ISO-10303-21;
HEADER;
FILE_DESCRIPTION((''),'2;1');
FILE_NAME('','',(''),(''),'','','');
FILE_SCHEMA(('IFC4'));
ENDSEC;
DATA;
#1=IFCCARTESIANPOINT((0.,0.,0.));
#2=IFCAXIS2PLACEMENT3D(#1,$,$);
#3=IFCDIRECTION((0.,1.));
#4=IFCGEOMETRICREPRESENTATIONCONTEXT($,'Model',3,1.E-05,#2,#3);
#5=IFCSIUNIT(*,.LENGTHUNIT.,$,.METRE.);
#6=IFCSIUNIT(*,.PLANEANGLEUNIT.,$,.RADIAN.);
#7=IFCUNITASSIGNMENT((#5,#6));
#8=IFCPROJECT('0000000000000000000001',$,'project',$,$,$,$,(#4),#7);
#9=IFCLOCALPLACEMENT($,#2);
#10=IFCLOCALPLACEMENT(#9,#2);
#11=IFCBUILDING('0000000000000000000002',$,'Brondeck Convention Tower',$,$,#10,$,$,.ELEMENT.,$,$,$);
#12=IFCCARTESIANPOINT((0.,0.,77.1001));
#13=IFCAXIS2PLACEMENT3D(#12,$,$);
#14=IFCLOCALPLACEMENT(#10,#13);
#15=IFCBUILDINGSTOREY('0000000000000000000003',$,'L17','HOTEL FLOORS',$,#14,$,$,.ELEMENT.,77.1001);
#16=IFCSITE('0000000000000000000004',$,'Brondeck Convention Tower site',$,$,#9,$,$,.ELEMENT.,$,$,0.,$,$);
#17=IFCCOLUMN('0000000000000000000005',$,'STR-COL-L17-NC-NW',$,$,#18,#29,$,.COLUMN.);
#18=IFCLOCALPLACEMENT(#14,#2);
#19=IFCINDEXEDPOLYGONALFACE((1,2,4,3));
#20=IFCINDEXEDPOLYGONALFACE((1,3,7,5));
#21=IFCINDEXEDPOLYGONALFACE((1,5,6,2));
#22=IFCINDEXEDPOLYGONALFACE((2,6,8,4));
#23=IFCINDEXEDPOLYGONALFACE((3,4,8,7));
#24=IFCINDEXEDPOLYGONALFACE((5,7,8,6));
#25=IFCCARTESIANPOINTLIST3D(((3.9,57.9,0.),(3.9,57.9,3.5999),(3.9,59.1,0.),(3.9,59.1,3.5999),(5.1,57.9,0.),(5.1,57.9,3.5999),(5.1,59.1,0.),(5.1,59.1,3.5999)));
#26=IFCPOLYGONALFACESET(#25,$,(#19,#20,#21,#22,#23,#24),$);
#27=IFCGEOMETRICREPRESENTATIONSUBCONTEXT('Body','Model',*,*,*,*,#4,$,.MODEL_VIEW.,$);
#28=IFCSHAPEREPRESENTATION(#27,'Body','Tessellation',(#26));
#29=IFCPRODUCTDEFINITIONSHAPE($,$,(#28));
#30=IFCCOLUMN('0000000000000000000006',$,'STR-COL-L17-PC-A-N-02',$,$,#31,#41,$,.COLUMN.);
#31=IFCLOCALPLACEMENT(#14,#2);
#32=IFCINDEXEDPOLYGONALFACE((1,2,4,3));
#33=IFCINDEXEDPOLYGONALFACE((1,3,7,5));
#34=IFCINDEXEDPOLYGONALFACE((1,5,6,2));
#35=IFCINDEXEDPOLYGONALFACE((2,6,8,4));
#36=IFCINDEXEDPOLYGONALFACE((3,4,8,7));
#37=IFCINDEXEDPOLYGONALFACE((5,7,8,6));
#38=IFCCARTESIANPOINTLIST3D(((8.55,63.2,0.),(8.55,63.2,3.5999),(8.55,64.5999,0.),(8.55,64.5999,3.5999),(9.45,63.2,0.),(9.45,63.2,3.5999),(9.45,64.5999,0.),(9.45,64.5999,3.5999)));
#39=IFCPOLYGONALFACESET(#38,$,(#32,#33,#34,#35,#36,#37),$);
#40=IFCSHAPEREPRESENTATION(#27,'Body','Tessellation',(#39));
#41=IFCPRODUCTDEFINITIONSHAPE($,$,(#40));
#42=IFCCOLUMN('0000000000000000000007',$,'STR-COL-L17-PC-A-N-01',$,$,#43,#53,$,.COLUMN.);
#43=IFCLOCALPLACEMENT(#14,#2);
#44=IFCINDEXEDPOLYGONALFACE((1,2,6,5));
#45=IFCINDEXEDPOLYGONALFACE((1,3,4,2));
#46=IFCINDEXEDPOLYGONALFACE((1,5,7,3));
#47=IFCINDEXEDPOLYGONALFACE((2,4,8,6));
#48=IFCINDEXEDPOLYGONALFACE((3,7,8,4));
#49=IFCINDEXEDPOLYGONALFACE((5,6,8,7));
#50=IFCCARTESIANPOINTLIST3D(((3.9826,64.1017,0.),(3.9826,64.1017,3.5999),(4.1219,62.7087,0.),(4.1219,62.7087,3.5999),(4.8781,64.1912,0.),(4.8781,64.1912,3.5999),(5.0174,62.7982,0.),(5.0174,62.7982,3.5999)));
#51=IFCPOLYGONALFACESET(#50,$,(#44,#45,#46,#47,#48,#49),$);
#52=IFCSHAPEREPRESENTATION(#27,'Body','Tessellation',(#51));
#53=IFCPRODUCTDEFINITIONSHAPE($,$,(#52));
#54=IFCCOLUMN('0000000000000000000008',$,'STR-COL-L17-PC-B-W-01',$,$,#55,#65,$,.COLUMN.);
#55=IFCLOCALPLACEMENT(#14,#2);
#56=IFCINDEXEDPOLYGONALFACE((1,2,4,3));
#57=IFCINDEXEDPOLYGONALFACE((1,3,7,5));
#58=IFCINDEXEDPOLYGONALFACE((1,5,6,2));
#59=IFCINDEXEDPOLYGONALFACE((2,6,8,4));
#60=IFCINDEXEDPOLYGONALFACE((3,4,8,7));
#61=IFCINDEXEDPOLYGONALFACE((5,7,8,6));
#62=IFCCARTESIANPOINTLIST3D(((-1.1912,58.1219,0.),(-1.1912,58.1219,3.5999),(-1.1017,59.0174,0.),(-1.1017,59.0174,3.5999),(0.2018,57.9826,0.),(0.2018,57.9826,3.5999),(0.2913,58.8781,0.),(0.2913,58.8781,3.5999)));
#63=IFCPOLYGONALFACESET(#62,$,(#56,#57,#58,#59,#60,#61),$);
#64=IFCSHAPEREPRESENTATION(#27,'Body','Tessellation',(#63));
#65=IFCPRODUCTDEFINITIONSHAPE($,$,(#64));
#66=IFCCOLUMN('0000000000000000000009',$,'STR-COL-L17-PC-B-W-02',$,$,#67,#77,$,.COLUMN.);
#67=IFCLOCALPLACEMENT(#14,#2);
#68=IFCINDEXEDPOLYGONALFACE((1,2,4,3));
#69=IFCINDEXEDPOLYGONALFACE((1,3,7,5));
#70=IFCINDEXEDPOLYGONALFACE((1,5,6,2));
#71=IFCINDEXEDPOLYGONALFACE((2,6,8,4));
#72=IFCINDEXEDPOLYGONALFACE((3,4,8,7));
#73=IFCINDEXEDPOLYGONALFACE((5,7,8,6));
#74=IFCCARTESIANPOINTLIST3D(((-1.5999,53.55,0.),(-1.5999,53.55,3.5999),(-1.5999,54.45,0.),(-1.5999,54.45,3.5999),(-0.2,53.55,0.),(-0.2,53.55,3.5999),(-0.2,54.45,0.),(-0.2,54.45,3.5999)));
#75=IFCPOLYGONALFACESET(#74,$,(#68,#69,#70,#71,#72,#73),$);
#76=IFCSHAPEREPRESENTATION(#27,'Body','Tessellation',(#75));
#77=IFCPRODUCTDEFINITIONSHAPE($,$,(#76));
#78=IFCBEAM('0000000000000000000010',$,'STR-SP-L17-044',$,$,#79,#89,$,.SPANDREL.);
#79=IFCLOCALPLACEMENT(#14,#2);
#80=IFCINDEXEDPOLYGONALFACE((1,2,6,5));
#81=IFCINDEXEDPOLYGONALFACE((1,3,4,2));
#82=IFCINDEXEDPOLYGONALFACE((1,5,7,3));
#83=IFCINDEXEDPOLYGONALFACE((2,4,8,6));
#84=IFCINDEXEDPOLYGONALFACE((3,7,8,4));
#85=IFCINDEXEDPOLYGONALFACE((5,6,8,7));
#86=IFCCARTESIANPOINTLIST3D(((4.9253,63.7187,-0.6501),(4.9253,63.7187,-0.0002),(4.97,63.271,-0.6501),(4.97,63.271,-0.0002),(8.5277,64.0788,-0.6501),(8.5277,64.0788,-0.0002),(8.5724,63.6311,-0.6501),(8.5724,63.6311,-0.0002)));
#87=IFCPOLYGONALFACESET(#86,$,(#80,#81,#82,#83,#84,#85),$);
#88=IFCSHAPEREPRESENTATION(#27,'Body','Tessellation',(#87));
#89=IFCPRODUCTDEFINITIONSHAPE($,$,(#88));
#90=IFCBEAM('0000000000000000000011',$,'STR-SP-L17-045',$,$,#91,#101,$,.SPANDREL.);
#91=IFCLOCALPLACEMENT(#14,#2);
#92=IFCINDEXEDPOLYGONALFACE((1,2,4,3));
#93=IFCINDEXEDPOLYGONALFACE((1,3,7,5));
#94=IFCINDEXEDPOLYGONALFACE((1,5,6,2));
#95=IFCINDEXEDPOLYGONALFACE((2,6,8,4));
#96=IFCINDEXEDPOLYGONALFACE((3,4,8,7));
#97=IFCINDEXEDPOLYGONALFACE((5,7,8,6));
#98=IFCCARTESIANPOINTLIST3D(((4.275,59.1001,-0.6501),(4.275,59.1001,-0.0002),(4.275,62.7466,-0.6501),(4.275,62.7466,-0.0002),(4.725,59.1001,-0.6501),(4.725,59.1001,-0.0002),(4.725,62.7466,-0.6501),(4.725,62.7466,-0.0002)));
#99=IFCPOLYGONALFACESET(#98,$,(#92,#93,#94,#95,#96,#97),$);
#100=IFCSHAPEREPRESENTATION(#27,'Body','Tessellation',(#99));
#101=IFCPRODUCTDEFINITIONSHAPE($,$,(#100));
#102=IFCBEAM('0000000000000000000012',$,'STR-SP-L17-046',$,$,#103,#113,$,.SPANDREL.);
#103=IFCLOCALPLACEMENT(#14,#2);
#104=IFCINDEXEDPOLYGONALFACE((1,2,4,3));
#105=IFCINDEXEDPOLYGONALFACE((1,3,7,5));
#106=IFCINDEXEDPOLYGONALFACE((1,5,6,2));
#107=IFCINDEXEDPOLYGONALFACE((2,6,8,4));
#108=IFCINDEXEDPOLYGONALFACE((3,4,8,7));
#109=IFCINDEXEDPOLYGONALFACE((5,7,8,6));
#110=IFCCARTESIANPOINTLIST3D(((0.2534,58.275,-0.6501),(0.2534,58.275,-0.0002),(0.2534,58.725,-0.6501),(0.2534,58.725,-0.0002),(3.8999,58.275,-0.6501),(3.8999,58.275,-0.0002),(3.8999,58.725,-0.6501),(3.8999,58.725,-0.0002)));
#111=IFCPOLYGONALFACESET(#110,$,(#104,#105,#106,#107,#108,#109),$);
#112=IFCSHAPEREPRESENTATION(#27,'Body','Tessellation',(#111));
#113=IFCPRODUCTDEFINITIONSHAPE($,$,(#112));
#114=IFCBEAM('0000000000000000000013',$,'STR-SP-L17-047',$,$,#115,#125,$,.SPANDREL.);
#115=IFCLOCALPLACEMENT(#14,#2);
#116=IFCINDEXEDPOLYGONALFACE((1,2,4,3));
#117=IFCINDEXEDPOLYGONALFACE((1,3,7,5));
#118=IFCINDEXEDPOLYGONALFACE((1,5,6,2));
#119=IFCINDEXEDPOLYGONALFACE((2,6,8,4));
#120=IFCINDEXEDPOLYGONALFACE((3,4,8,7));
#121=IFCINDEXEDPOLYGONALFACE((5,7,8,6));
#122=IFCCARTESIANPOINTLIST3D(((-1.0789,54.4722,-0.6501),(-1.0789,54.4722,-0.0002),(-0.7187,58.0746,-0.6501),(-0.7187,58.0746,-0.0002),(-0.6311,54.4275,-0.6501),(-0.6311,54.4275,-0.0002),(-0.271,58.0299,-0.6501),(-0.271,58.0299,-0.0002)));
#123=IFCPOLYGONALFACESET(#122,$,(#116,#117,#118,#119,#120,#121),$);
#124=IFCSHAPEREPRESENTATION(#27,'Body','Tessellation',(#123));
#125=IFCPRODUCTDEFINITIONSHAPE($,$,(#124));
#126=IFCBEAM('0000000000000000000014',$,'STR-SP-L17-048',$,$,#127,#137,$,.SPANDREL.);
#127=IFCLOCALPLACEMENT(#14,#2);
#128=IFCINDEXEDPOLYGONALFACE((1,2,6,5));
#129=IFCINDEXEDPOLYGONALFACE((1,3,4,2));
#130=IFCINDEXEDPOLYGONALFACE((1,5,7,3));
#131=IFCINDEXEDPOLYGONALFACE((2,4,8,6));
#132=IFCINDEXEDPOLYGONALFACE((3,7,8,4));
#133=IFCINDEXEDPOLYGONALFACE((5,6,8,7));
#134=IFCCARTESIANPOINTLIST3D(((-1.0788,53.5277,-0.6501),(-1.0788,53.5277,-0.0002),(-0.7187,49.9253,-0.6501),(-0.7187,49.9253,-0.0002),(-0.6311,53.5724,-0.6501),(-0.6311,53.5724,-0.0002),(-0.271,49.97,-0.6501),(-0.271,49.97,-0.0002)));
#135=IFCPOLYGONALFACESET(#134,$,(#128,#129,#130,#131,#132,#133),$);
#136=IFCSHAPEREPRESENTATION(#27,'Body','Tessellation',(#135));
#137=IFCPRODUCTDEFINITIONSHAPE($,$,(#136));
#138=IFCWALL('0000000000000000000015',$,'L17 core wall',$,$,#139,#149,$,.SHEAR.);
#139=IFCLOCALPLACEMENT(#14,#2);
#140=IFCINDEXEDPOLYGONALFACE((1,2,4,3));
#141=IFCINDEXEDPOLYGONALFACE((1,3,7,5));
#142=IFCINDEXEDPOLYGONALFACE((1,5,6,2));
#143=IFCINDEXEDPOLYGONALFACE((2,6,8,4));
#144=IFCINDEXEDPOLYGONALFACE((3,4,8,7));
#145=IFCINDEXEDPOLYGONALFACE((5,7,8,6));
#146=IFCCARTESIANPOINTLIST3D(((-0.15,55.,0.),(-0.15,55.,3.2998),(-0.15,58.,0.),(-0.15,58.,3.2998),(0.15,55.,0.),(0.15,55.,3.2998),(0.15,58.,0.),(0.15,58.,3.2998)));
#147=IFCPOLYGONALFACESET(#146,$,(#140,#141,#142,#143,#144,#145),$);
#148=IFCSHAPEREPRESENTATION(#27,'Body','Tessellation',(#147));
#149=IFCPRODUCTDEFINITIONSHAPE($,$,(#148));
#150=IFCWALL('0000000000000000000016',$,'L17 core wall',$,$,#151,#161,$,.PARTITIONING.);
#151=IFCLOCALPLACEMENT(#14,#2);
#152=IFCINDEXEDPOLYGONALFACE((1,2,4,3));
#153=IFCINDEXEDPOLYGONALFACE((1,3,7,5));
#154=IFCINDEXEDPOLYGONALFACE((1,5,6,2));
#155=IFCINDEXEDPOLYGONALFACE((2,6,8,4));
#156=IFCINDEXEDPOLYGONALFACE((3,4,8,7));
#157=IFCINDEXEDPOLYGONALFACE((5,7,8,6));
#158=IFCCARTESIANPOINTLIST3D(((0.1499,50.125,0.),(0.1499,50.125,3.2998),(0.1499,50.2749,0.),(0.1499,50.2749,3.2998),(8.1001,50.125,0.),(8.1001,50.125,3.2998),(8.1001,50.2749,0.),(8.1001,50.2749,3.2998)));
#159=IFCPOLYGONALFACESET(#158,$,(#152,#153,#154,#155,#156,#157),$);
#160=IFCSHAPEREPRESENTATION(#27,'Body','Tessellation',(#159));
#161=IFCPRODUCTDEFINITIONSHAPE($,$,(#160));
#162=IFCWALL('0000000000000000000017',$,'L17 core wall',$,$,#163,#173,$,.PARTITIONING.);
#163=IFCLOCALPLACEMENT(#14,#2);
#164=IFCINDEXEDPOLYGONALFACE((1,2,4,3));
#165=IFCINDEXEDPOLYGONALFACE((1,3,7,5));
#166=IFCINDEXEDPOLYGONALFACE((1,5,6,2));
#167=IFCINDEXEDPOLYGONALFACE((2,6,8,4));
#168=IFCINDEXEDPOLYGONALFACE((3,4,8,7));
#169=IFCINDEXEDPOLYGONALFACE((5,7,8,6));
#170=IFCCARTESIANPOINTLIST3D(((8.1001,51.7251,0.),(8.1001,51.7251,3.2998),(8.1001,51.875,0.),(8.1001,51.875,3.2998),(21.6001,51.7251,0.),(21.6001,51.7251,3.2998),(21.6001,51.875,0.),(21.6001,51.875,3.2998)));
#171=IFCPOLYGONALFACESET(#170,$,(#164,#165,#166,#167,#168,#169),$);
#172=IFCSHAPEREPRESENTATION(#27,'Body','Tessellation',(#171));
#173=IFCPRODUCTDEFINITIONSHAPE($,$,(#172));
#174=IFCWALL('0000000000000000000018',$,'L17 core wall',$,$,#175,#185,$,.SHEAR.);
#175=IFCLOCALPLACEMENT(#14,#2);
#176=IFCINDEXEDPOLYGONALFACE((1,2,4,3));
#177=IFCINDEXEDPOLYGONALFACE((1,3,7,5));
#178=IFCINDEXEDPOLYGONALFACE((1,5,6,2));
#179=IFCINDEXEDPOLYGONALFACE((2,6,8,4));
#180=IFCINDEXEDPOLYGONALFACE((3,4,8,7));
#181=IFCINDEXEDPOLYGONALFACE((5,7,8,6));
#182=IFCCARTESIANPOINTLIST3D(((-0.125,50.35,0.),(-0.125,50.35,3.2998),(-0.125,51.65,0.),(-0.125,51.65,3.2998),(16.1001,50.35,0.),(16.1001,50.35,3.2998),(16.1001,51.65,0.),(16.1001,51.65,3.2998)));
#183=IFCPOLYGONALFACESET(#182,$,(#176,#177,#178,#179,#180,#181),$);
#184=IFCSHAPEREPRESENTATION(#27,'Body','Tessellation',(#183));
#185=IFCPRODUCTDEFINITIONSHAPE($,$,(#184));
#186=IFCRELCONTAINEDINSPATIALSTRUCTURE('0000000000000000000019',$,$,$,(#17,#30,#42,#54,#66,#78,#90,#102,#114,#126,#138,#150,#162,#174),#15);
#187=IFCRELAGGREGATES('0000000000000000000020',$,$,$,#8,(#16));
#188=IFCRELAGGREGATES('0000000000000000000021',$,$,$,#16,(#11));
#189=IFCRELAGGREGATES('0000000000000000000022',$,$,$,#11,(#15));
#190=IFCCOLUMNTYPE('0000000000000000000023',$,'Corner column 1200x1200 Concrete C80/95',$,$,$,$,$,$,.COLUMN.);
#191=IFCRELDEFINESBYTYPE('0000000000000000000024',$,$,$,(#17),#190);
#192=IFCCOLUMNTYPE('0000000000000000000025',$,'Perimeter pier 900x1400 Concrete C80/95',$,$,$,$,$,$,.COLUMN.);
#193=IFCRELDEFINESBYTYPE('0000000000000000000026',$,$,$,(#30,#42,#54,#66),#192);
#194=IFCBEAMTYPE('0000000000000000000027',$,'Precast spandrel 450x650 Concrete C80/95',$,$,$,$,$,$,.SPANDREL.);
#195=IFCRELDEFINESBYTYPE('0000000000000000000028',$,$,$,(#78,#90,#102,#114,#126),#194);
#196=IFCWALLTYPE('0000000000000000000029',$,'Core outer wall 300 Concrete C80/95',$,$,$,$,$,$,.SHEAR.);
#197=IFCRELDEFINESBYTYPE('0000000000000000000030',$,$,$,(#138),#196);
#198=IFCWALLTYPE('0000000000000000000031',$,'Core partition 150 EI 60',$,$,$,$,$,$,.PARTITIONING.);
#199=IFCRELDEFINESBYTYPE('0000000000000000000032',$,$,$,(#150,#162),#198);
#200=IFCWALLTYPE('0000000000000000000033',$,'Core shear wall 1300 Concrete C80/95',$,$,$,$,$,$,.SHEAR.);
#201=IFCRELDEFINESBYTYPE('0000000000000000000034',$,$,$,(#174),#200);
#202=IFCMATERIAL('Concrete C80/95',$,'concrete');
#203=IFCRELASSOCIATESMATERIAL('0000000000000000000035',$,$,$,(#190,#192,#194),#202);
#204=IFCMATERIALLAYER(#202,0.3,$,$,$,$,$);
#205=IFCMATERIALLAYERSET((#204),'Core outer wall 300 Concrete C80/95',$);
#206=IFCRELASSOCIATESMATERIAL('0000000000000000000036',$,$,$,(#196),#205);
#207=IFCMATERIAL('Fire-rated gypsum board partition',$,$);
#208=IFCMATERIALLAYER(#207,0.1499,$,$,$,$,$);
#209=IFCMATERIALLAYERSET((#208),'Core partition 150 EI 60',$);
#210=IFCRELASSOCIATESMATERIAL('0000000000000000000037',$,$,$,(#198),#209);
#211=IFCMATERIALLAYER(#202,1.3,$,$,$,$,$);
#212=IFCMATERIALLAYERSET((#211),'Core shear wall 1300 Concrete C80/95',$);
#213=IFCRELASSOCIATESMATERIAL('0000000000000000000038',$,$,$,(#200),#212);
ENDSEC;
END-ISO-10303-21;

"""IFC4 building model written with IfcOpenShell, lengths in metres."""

from ifc_helpers import new_model, si_unit, direction, frame, frame_2d, origin, origin_2d, place, context, subcontext, project, spatial, rectangle, extrude, material, layer, layer_set, material_profile, profile_set, type_object, element, save


model = new_model("IFC4")

# Units and contexts
model_context = context("Model", 3, precision=1e-05, world=origin(), true_north=direction((0.0, 1.0)))
body_context = subcontext(model_context, "Body", "Model", "MODEL_VIEW")
ifc_project = project(units=[si_unit("LENGTHUNIT", "METRE"), si_unit("PLANEANGLEUNIT", "RADIAN")], contexts=[model_context])

# Site, building, storey
site_placement = place(None, origin())
site = spatial("IfcSite", under=ifc_project, at=site_placement, Name="Brondeck Convention Tower site", CompositionType="ELEMENT", RefElevation=0.0)
building_placement = place(site_placement, origin())
building = spatial("IfcBuilding", under=site, at=building_placement, Name="Brondeck Convention Tower", CompositionType="ELEMENT")
storey_placement = place(building_placement, frame((0.0, 0.0, 77.1001)))
storey = spatial("IfcBuildingStorey", under=building, at=storey_placement, Name="L17", Description="HOTEL FLOORS", CompositionType="ELEMENT", Elevation=77.1001)

# Columns
ifc_material_1 = material(Name="Concrete C80/95", Category="concrete")
ifc_material_profile_1 = material_profile(ifc_material_1, rectangle(XDim=1.2, YDim=1.2, at=origin_2d()), Name="Corner column 1200x1200 Concrete C80/95")
ifc_profile_set_1 = profile_set([ifc_material_profile_1], Name="Concrete C80/95")
column_type_1 = type_object("IfcColumnType", Name="Corner column 1200x1200 Concrete C80/95", PredefinedType="COLUMN", material=ifc_profile_set_1)
column_placement = place(storey_placement, frame((4.5, 58.5, 0.0), z_axis=(0.0, 0.0, 1.0), x_axis=(1.0, 0.0, 0.0)))
element("IfcColumn", 1, at=column_placement, inside=storey, type_object=column_type_1, Name="STR-COL-L17-NC-NW", PredefinedType="COLUMN", context=body_context, shape_type="SweptSolid", body=[
    extrude(rectangle(XDim=1.2, YDim=1.2, at=origin_2d()), origin(), (0.0, 0.0, 1.0), 3.5999),
])
ifc_material_profile_2 = material_profile(ifc_material_1, rectangle(XDim=0.8999, YDim=1.3999, at=origin_2d()), Name="Perimeter pier 900x1400 Concrete C80/95")
ifc_profile_set_2 = profile_set([ifc_material_profile_2], Name="Concrete C80/95")
column_type_2 = type_object("IfcColumnType", Name="Perimeter pier 900x1400 Concrete C80/95", PredefinedType="COLUMN", material=ifc_profile_set_2)
for number, where, z_axis, x_axis, name in (
    (2, (9.0, 63.8999, 0.0), (0.0, 0.0, 1.0), (-1.0, 0.0, 0.0), "STR-COL-L17-PC-A-N-02"),
    (3, (4.5, 63.45, 0.0), (0.0, 0.0, 1.0), (-0.995037, -0.099504, 0.0), "STR-COL-L17-PC-A-N-01"),
    (4, (-0.45, 58.5, 0.0), (0.0, 0.0, 1.0), (-0.099504, -0.995037, 0.0), "STR-COL-L17-PC-B-W-01"),
    (5, (-0.8999, 54.0, 0.0), (0.0, 0.0, 1.0), (0.0, -1.0, 0.0), "STR-COL-L17-PC-B-W-02"),
):
    element("IfcColumn", number, at=place(storey_placement, frame(where, z_axis=z_axis, x_axis=x_axis)), inside=storey, type_object=column_type_2, Name=name, PredefinedType="COLUMN", context=body_context, shape_type="SweptSolid", body=[
        extrude(rectangle(XDim=0.8999, YDim=1.3999, at=origin_2d()), origin(), (0.0, 0.0, 1.0), 3.5999),
    ])

# Beams
ifc_material_profile_3 = material_profile(ifc_material_1, rectangle(XDim=0.45, YDim=0.6499, at=origin_2d()), Name="Precast spandrel 450x650 Concrete C80/95")
ifc_profile_set_3 = profile_set([ifc_material_profile_3], Name="Concrete C80/95")
beam_type = type_object("IfcBeamType", Name="Precast spandrel 450x650 Concrete C80/95", PredefinedType="SPANDREL", material=ifc_profile_set_3)
beam_placement = place(storey_placement, frame((8.55, 63.855, -0.3252), z_axis=(-0.995041, -0.09947, 0.0), x_axis=(0.09947, -0.995041, 0.0)))
element("IfcBeam", 6, at=beam_placement, inside=storey, type_object=beam_type, Name="STR-SP-L17-044", PredefinedType="SPANDREL", context=body_context, shape_type="SweptSolid", body=[
    extrude(rectangle(XDim=0.45, YDim=0.6499, at=origin_2d()), origin(), (0.0, 0.0, 1.0), 3.6204),
])
for number, where, z_axis, x_axis, name in (
    (7, (4.5, 62.7466, -0.3252), (0.0, -1.0, 0.0), (1.0, 0.0, 0.0), "STR-SP-L17-045"),
    (8, (3.8999, 58.5, -0.3252), (-1.0, 0.0, 0.0), (0.0, -1.0, 0.0), "STR-SP-L17-046"),
):
    element("IfcBeam", number, at=place(storey_placement, frame(where, z_axis=z_axis, x_axis=x_axis)), inside=storey, type_object=beam_type, Name=name, PredefinedType="SPANDREL", context=body_context, shape_type="SweptSolid", body=[
        extrude(rectangle(XDim=0.45, YDim=0.6499, at=origin_2d()), origin(), (0.0, 0.0, 1.0), 3.6465),
    ])
for number, where, z_axis, x_axis, name in (
    (9, (-0.4949, 58.0522, -0.3252), (-0.09947, -0.995041, 0.0), (0.995041, -0.09947, 0.0), "STR-SP-L17-047"),
    (10, (-0.855, 53.55, -0.3252), (0.09947, -0.995041, 0.0), (0.995041, 0.09947, 0.0), "STR-SP-L17-048"),
):
    element("IfcBeam", number, at=place(storey_placement, frame(where, z_axis=z_axis, x_axis=x_axis)), inside=storey, type_object=beam_type, Name=name, PredefinedType="SPANDREL", context=body_context, shape_type="SweptSolid", body=[
        extrude(rectangle(XDim=0.45, YDim=0.6499, at=origin_2d()), origin(), (0.0, 0.0, 1.0), 3.6204),
    ])

# Walls
ifc_layer_1 = layer(ifc_material_1, 0.3)
ifc_layer_set_1 = layer_set([ifc_layer_1], Name="Core outer wall 300 Concrete C80/95")
wall_type_1 = type_object("IfcWallType", Name="Core outer wall 300 Concrete C80/95", PredefinedType="SHEAR", material=ifc_layer_set_1)
wall_1_placement = place(storey_placement, frame((0.0, 55.0, 0.0), z_axis=(0.0, 0.0, 1.0), x_axis=(0.0, 1.0, 0.0)))
element("IfcWall", 11, at=wall_1_placement, inside=storey, type_object=wall_type_1, Name="L17 core wall", PredefinedType="SHEAR", context=body_context, shape_type="SweptSolid", body=[
    extrude(rectangle(XDim=3.0, YDim=0.3, at=frame_2d((1.5, 0.0))), origin(), (0.0, 0.0, 1.0), 3.2998),
])
ifc_material_2 = material(Name="Fire-rated gypsum board partition")
ifc_layer_2 = layer(ifc_material_2, 0.1499)
ifc_layer_set_2 = layer_set([ifc_layer_2], Name="Core partition 150 EI 60")
wall_type_2 = type_object("IfcWallType", Name="Core partition 150 EI 60", PredefinedType="PARTITIONING", material=ifc_layer_set_2)
wall_2_placement = place(storey_placement, frame((0.1499, 50.2, 0.0), z_axis=(0.0, 0.0, 1.0), x_axis=(1.0, 0.0, 0.0)))
element("IfcWall", 12, at=wall_2_placement, inside=storey, type_object=wall_type_2, Name="L17 core wall", PredefinedType="PARTITIONING", context=body_context, shape_type="SweptSolid", body=[
    extrude(rectangle(XDim=7.9502, YDim=0.1499, at=frame_2d((3.9751, 0.0))), origin(), (0.0, 0.0, 1.0), 3.2998),
])
wall_3_placement = place(storey_placement, frame((8.1001, 51.8, 0.0), z_axis=(0.0, 0.0, 1.0), x_axis=(1.0, 0.0, 0.0)))
element("IfcWall", 13, at=wall_3_placement, inside=storey, type_object=wall_type_2, Name="L17 core wall", PredefinedType="PARTITIONING", context=body_context, shape_type="SweptSolid", body=[
    extrude(rectangle(XDim=13.5, YDim=0.1499, at=frame_2d((6.75, 0.0))), origin(), (0.0, 0.0, 1.0), 3.2998),
])
ifc_layer_3 = layer(ifc_material_1, 1.3)
ifc_layer_set_3 = layer_set([ifc_layer_3], Name="Core shear wall 1300 Concrete C80/95")
wall_type_3 = type_object("IfcWallType", Name="Core shear wall 1300 Concrete C80/95", PredefinedType="SHEAR", material=ifc_layer_set_3)
wall_4_placement = place(storey_placement, frame((-0.125, 51.0, 0.0), z_axis=(0.0, 0.0, 1.0), x_axis=(1.0, 0.0, 0.0)))
element("IfcWall", 14, at=wall_4_placement, inside=storey, type_object=wall_type_3, Name="L17 core wall", PredefinedType="SHEAR", context=body_context, shape_type="SweptSolid", body=[
    extrude(rectangle(XDim=16.2251, YDim=1.3, at=frame_2d((8.1125, 0.0))), origin(), (0.0, 0.0, 1.0), 3.2998),
])

save(model, "model.ifc")
